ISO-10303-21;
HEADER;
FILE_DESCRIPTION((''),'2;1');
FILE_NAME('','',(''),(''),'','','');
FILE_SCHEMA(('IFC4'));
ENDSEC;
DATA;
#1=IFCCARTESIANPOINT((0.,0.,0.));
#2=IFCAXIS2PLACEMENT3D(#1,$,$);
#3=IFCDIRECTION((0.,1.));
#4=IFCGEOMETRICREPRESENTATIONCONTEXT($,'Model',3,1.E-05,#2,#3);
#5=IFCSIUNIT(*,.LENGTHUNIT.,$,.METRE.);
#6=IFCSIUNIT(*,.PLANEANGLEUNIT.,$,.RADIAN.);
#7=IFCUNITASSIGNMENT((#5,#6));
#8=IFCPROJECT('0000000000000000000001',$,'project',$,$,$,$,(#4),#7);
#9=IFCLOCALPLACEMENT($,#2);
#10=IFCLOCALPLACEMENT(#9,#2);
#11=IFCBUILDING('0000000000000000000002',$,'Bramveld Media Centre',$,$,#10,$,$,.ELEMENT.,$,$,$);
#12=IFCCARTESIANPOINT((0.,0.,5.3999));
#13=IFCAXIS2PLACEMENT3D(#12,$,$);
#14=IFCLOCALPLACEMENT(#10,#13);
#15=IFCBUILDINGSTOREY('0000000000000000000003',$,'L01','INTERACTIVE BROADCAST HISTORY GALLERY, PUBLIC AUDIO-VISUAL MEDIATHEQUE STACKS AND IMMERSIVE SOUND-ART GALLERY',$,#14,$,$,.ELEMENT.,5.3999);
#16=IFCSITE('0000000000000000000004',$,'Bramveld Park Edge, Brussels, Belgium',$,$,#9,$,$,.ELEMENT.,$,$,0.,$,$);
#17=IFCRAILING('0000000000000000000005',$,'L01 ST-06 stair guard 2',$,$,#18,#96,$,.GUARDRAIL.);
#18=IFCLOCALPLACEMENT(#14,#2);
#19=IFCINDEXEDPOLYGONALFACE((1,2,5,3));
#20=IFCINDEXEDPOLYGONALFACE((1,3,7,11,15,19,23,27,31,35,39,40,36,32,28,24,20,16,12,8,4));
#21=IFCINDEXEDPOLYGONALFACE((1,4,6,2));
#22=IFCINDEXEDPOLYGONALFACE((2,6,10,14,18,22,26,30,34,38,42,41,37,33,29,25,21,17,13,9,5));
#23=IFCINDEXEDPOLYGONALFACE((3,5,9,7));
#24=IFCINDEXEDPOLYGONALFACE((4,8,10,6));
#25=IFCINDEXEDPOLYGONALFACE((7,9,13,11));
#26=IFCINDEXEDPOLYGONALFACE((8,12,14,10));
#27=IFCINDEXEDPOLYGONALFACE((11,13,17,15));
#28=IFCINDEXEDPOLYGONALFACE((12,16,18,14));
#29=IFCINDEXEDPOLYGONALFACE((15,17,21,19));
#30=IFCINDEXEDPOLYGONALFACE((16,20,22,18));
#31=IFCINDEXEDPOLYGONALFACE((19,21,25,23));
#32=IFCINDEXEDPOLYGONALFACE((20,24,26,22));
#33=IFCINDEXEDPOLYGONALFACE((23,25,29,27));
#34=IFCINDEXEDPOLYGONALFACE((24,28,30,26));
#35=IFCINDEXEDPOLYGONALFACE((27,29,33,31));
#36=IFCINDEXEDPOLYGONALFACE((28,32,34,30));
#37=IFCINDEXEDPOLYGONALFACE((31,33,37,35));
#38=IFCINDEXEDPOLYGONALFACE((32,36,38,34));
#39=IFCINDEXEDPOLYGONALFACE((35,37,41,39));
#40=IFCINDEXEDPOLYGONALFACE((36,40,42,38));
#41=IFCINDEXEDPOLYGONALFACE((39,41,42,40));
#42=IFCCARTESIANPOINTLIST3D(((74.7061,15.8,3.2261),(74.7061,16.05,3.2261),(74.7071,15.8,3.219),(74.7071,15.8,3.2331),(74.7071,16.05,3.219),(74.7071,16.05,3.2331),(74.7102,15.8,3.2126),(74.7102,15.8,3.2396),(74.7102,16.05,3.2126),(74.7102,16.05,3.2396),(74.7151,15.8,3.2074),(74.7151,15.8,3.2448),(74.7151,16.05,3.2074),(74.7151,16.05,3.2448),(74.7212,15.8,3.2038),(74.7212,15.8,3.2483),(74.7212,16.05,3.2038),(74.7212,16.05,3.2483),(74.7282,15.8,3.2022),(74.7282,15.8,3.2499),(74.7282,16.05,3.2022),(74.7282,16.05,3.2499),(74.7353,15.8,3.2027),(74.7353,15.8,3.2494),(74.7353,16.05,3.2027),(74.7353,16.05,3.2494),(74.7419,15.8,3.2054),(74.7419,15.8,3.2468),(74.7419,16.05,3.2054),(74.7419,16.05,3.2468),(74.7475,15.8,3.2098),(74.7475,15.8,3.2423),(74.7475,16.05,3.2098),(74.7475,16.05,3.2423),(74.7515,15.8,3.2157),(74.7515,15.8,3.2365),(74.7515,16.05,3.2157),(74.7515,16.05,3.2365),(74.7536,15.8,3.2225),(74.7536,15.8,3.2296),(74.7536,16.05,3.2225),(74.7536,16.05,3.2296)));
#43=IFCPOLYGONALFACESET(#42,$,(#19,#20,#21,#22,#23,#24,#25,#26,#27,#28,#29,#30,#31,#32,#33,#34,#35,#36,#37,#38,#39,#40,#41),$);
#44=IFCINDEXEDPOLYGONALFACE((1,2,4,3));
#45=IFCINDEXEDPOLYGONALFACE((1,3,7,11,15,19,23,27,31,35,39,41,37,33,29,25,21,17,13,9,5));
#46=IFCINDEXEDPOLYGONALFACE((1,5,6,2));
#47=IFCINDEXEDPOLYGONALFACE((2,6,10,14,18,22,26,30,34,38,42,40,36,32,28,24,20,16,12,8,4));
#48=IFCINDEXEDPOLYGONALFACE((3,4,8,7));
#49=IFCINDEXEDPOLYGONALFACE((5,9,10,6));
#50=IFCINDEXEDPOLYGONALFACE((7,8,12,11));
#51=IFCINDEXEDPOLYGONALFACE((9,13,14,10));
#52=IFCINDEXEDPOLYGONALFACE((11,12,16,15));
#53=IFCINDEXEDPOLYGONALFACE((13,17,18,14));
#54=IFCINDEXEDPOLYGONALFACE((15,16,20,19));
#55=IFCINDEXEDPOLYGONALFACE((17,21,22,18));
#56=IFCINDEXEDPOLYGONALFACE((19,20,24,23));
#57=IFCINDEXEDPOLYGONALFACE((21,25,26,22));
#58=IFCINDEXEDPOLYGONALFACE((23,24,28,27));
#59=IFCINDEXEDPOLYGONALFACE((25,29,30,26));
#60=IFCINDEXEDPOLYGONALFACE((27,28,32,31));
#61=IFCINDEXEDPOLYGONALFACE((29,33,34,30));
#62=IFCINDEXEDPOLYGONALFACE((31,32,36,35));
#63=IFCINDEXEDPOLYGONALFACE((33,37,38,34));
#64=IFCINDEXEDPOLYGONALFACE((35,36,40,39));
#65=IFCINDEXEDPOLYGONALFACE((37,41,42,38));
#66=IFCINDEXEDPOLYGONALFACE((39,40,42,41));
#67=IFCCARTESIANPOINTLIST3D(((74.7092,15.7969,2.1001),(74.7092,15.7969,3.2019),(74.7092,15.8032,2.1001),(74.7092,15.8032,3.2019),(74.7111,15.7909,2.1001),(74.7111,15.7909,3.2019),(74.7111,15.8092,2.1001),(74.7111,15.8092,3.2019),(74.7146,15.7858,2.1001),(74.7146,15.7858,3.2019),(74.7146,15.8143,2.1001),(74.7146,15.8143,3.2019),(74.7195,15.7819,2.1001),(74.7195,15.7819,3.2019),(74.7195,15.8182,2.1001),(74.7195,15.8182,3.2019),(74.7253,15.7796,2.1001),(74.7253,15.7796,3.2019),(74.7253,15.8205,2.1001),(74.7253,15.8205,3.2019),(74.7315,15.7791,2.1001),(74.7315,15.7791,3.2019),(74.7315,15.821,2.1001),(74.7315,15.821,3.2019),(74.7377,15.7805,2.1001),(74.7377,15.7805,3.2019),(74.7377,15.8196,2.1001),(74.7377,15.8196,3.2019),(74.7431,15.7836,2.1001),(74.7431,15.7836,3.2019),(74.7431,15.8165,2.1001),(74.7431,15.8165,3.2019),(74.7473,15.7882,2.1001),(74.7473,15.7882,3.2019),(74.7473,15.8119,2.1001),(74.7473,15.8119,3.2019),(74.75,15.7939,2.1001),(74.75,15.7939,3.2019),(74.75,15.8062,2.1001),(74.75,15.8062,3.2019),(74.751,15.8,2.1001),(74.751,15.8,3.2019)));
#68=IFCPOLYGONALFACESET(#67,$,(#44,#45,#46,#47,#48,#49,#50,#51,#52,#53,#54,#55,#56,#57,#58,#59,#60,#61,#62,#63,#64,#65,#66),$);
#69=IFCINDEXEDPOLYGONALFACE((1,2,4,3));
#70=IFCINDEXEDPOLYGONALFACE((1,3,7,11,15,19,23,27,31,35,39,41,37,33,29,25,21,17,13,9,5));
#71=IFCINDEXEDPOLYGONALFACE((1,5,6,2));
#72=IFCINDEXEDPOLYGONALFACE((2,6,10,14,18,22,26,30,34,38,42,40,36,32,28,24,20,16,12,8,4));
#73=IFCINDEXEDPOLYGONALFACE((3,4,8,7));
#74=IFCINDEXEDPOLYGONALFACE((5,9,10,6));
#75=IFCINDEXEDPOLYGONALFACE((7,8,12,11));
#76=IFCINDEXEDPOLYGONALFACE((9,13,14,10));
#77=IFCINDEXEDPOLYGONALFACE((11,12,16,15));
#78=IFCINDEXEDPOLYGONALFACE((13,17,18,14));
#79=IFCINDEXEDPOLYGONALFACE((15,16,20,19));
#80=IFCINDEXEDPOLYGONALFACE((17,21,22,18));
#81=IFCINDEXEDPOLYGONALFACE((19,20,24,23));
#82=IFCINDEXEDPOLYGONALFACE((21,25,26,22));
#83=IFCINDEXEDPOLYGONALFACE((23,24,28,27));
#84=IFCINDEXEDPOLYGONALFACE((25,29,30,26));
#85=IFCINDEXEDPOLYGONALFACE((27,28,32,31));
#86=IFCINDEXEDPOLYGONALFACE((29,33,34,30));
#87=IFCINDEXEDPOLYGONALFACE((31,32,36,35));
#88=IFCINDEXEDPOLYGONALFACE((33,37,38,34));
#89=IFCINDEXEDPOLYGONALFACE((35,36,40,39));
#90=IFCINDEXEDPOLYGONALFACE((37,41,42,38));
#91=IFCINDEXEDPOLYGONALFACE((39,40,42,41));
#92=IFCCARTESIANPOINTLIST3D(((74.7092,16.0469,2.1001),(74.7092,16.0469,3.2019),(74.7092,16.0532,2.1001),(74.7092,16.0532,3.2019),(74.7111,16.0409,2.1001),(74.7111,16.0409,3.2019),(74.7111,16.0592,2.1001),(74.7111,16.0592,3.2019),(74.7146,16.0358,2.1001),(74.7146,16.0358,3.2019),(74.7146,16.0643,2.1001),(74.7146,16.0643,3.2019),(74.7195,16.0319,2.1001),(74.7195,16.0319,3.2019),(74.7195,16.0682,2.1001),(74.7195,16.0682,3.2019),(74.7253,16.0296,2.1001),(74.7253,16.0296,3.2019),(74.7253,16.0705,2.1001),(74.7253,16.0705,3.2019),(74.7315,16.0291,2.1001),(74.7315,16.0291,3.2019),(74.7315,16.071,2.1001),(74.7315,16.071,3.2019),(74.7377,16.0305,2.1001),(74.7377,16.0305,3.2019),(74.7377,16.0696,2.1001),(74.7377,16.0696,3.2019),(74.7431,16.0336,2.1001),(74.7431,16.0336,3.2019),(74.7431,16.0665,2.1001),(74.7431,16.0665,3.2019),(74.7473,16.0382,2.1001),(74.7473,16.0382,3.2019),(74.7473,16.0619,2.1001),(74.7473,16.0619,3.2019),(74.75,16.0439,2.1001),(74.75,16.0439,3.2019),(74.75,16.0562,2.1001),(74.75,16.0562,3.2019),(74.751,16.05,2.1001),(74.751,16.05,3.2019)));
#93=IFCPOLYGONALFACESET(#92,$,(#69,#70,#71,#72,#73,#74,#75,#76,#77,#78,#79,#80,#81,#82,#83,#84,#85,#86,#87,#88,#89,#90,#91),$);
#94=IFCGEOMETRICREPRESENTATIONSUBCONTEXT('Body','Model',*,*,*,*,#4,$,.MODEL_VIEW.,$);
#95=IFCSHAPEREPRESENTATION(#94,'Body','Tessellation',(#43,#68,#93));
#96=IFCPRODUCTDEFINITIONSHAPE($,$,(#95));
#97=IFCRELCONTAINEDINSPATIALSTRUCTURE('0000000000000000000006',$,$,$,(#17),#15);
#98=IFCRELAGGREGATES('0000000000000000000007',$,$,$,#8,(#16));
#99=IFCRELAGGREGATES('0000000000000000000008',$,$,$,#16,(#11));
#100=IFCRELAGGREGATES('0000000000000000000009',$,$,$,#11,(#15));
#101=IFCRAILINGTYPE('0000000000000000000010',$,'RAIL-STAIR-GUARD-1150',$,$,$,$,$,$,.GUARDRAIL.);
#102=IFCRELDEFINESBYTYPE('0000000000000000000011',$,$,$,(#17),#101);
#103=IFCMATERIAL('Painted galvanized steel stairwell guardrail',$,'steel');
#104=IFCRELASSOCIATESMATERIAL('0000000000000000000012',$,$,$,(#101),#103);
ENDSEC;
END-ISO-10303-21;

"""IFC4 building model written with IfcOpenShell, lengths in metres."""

from ifc_helpers import new_model, si_unit, direction, frame, origin, origin_2d, place, context, subcontext, project, spatial, circle, extrude, material, type_object, element, save


model = new_model("IFC4")

# Units and contexts
model_context = context("Model", 3, precision=1e-05, world=origin(), true_north=direction((0.0, 1.0)))
body_context = subcontext(model_context, "Body", "Model", "MODEL_VIEW")
ifc_project = project(units=[si_unit("LENGTHUNIT", "METRE"), si_unit("PLANEANGLEUNIT", "RADIAN")], contexts=[model_context])

# Site, building, storey
site_placement = place(None, origin())
site = spatial("IfcSite", under=ifc_project, at=site_placement, Name="Bramveld Park Edge, Brussels, Belgium", CompositionType="ELEMENT", RefElevation=0.0)
building_placement = place(site_placement, origin())
building = spatial("IfcBuilding", under=site, at=building_placement, Name="Bramveld Media Centre", CompositionType="ELEMENT")
storey_placement = place(building_placement, frame((0.0, 0.0, 5.3999)))
storey = spatial("IfcBuildingStorey", under=building, at=storey_placement, Name="L01", Description="INTERACTIVE BROADCAST HISTORY GALLERY, PUBLIC AUDIO-VISUAL MEDIATHEQUE STACKS AND IMMERSIVE SOUND-ART GALLERY", CompositionType="ELEMENT", Elevation=5.3999)

# Railing
ifc_material_1 = material(Name="Painted galvanized steel stairwell guardrail", Category="steel")
railing_type_1 = type_object("IfcRailingType", Name="RAIL-STAIR-GUARD-1150", PredefinedType="GUARDRAIL", material=ifc_material_1)
railing_1_placement = place(storey_placement, frame((74.73, 15.8, 2.1001)))
element("IfcRailing", 1, at=railing_1_placement, inside=storey, type_object=railing_type_1, Name="L01 ST-06 stair guard 2", PredefinedType="GUARDRAIL", context=body_context, shape_type="SweptSolid", body=[
    extrude(circle(Radius=0.0239, at=origin_2d()), frame((0.0, 0.0, 1.126), z_axis=(0.0, 1.0, 0.0), x_axis=(-1.0, 0.0, 0.0)), (0.0, 0.0, 1.0), 0.25),
    extrude(circle(Radius=0.021, at=origin_2d()), origin(), (0.0, 0.0, 1.0), 1.1018),
    extrude(circle(Radius=0.021, at=origin_2d()), frame((0.0, 0.25, 0.0)), (0.0, 0.0, 1.0), 1.1018),
])

save(model, "model.ifc")
